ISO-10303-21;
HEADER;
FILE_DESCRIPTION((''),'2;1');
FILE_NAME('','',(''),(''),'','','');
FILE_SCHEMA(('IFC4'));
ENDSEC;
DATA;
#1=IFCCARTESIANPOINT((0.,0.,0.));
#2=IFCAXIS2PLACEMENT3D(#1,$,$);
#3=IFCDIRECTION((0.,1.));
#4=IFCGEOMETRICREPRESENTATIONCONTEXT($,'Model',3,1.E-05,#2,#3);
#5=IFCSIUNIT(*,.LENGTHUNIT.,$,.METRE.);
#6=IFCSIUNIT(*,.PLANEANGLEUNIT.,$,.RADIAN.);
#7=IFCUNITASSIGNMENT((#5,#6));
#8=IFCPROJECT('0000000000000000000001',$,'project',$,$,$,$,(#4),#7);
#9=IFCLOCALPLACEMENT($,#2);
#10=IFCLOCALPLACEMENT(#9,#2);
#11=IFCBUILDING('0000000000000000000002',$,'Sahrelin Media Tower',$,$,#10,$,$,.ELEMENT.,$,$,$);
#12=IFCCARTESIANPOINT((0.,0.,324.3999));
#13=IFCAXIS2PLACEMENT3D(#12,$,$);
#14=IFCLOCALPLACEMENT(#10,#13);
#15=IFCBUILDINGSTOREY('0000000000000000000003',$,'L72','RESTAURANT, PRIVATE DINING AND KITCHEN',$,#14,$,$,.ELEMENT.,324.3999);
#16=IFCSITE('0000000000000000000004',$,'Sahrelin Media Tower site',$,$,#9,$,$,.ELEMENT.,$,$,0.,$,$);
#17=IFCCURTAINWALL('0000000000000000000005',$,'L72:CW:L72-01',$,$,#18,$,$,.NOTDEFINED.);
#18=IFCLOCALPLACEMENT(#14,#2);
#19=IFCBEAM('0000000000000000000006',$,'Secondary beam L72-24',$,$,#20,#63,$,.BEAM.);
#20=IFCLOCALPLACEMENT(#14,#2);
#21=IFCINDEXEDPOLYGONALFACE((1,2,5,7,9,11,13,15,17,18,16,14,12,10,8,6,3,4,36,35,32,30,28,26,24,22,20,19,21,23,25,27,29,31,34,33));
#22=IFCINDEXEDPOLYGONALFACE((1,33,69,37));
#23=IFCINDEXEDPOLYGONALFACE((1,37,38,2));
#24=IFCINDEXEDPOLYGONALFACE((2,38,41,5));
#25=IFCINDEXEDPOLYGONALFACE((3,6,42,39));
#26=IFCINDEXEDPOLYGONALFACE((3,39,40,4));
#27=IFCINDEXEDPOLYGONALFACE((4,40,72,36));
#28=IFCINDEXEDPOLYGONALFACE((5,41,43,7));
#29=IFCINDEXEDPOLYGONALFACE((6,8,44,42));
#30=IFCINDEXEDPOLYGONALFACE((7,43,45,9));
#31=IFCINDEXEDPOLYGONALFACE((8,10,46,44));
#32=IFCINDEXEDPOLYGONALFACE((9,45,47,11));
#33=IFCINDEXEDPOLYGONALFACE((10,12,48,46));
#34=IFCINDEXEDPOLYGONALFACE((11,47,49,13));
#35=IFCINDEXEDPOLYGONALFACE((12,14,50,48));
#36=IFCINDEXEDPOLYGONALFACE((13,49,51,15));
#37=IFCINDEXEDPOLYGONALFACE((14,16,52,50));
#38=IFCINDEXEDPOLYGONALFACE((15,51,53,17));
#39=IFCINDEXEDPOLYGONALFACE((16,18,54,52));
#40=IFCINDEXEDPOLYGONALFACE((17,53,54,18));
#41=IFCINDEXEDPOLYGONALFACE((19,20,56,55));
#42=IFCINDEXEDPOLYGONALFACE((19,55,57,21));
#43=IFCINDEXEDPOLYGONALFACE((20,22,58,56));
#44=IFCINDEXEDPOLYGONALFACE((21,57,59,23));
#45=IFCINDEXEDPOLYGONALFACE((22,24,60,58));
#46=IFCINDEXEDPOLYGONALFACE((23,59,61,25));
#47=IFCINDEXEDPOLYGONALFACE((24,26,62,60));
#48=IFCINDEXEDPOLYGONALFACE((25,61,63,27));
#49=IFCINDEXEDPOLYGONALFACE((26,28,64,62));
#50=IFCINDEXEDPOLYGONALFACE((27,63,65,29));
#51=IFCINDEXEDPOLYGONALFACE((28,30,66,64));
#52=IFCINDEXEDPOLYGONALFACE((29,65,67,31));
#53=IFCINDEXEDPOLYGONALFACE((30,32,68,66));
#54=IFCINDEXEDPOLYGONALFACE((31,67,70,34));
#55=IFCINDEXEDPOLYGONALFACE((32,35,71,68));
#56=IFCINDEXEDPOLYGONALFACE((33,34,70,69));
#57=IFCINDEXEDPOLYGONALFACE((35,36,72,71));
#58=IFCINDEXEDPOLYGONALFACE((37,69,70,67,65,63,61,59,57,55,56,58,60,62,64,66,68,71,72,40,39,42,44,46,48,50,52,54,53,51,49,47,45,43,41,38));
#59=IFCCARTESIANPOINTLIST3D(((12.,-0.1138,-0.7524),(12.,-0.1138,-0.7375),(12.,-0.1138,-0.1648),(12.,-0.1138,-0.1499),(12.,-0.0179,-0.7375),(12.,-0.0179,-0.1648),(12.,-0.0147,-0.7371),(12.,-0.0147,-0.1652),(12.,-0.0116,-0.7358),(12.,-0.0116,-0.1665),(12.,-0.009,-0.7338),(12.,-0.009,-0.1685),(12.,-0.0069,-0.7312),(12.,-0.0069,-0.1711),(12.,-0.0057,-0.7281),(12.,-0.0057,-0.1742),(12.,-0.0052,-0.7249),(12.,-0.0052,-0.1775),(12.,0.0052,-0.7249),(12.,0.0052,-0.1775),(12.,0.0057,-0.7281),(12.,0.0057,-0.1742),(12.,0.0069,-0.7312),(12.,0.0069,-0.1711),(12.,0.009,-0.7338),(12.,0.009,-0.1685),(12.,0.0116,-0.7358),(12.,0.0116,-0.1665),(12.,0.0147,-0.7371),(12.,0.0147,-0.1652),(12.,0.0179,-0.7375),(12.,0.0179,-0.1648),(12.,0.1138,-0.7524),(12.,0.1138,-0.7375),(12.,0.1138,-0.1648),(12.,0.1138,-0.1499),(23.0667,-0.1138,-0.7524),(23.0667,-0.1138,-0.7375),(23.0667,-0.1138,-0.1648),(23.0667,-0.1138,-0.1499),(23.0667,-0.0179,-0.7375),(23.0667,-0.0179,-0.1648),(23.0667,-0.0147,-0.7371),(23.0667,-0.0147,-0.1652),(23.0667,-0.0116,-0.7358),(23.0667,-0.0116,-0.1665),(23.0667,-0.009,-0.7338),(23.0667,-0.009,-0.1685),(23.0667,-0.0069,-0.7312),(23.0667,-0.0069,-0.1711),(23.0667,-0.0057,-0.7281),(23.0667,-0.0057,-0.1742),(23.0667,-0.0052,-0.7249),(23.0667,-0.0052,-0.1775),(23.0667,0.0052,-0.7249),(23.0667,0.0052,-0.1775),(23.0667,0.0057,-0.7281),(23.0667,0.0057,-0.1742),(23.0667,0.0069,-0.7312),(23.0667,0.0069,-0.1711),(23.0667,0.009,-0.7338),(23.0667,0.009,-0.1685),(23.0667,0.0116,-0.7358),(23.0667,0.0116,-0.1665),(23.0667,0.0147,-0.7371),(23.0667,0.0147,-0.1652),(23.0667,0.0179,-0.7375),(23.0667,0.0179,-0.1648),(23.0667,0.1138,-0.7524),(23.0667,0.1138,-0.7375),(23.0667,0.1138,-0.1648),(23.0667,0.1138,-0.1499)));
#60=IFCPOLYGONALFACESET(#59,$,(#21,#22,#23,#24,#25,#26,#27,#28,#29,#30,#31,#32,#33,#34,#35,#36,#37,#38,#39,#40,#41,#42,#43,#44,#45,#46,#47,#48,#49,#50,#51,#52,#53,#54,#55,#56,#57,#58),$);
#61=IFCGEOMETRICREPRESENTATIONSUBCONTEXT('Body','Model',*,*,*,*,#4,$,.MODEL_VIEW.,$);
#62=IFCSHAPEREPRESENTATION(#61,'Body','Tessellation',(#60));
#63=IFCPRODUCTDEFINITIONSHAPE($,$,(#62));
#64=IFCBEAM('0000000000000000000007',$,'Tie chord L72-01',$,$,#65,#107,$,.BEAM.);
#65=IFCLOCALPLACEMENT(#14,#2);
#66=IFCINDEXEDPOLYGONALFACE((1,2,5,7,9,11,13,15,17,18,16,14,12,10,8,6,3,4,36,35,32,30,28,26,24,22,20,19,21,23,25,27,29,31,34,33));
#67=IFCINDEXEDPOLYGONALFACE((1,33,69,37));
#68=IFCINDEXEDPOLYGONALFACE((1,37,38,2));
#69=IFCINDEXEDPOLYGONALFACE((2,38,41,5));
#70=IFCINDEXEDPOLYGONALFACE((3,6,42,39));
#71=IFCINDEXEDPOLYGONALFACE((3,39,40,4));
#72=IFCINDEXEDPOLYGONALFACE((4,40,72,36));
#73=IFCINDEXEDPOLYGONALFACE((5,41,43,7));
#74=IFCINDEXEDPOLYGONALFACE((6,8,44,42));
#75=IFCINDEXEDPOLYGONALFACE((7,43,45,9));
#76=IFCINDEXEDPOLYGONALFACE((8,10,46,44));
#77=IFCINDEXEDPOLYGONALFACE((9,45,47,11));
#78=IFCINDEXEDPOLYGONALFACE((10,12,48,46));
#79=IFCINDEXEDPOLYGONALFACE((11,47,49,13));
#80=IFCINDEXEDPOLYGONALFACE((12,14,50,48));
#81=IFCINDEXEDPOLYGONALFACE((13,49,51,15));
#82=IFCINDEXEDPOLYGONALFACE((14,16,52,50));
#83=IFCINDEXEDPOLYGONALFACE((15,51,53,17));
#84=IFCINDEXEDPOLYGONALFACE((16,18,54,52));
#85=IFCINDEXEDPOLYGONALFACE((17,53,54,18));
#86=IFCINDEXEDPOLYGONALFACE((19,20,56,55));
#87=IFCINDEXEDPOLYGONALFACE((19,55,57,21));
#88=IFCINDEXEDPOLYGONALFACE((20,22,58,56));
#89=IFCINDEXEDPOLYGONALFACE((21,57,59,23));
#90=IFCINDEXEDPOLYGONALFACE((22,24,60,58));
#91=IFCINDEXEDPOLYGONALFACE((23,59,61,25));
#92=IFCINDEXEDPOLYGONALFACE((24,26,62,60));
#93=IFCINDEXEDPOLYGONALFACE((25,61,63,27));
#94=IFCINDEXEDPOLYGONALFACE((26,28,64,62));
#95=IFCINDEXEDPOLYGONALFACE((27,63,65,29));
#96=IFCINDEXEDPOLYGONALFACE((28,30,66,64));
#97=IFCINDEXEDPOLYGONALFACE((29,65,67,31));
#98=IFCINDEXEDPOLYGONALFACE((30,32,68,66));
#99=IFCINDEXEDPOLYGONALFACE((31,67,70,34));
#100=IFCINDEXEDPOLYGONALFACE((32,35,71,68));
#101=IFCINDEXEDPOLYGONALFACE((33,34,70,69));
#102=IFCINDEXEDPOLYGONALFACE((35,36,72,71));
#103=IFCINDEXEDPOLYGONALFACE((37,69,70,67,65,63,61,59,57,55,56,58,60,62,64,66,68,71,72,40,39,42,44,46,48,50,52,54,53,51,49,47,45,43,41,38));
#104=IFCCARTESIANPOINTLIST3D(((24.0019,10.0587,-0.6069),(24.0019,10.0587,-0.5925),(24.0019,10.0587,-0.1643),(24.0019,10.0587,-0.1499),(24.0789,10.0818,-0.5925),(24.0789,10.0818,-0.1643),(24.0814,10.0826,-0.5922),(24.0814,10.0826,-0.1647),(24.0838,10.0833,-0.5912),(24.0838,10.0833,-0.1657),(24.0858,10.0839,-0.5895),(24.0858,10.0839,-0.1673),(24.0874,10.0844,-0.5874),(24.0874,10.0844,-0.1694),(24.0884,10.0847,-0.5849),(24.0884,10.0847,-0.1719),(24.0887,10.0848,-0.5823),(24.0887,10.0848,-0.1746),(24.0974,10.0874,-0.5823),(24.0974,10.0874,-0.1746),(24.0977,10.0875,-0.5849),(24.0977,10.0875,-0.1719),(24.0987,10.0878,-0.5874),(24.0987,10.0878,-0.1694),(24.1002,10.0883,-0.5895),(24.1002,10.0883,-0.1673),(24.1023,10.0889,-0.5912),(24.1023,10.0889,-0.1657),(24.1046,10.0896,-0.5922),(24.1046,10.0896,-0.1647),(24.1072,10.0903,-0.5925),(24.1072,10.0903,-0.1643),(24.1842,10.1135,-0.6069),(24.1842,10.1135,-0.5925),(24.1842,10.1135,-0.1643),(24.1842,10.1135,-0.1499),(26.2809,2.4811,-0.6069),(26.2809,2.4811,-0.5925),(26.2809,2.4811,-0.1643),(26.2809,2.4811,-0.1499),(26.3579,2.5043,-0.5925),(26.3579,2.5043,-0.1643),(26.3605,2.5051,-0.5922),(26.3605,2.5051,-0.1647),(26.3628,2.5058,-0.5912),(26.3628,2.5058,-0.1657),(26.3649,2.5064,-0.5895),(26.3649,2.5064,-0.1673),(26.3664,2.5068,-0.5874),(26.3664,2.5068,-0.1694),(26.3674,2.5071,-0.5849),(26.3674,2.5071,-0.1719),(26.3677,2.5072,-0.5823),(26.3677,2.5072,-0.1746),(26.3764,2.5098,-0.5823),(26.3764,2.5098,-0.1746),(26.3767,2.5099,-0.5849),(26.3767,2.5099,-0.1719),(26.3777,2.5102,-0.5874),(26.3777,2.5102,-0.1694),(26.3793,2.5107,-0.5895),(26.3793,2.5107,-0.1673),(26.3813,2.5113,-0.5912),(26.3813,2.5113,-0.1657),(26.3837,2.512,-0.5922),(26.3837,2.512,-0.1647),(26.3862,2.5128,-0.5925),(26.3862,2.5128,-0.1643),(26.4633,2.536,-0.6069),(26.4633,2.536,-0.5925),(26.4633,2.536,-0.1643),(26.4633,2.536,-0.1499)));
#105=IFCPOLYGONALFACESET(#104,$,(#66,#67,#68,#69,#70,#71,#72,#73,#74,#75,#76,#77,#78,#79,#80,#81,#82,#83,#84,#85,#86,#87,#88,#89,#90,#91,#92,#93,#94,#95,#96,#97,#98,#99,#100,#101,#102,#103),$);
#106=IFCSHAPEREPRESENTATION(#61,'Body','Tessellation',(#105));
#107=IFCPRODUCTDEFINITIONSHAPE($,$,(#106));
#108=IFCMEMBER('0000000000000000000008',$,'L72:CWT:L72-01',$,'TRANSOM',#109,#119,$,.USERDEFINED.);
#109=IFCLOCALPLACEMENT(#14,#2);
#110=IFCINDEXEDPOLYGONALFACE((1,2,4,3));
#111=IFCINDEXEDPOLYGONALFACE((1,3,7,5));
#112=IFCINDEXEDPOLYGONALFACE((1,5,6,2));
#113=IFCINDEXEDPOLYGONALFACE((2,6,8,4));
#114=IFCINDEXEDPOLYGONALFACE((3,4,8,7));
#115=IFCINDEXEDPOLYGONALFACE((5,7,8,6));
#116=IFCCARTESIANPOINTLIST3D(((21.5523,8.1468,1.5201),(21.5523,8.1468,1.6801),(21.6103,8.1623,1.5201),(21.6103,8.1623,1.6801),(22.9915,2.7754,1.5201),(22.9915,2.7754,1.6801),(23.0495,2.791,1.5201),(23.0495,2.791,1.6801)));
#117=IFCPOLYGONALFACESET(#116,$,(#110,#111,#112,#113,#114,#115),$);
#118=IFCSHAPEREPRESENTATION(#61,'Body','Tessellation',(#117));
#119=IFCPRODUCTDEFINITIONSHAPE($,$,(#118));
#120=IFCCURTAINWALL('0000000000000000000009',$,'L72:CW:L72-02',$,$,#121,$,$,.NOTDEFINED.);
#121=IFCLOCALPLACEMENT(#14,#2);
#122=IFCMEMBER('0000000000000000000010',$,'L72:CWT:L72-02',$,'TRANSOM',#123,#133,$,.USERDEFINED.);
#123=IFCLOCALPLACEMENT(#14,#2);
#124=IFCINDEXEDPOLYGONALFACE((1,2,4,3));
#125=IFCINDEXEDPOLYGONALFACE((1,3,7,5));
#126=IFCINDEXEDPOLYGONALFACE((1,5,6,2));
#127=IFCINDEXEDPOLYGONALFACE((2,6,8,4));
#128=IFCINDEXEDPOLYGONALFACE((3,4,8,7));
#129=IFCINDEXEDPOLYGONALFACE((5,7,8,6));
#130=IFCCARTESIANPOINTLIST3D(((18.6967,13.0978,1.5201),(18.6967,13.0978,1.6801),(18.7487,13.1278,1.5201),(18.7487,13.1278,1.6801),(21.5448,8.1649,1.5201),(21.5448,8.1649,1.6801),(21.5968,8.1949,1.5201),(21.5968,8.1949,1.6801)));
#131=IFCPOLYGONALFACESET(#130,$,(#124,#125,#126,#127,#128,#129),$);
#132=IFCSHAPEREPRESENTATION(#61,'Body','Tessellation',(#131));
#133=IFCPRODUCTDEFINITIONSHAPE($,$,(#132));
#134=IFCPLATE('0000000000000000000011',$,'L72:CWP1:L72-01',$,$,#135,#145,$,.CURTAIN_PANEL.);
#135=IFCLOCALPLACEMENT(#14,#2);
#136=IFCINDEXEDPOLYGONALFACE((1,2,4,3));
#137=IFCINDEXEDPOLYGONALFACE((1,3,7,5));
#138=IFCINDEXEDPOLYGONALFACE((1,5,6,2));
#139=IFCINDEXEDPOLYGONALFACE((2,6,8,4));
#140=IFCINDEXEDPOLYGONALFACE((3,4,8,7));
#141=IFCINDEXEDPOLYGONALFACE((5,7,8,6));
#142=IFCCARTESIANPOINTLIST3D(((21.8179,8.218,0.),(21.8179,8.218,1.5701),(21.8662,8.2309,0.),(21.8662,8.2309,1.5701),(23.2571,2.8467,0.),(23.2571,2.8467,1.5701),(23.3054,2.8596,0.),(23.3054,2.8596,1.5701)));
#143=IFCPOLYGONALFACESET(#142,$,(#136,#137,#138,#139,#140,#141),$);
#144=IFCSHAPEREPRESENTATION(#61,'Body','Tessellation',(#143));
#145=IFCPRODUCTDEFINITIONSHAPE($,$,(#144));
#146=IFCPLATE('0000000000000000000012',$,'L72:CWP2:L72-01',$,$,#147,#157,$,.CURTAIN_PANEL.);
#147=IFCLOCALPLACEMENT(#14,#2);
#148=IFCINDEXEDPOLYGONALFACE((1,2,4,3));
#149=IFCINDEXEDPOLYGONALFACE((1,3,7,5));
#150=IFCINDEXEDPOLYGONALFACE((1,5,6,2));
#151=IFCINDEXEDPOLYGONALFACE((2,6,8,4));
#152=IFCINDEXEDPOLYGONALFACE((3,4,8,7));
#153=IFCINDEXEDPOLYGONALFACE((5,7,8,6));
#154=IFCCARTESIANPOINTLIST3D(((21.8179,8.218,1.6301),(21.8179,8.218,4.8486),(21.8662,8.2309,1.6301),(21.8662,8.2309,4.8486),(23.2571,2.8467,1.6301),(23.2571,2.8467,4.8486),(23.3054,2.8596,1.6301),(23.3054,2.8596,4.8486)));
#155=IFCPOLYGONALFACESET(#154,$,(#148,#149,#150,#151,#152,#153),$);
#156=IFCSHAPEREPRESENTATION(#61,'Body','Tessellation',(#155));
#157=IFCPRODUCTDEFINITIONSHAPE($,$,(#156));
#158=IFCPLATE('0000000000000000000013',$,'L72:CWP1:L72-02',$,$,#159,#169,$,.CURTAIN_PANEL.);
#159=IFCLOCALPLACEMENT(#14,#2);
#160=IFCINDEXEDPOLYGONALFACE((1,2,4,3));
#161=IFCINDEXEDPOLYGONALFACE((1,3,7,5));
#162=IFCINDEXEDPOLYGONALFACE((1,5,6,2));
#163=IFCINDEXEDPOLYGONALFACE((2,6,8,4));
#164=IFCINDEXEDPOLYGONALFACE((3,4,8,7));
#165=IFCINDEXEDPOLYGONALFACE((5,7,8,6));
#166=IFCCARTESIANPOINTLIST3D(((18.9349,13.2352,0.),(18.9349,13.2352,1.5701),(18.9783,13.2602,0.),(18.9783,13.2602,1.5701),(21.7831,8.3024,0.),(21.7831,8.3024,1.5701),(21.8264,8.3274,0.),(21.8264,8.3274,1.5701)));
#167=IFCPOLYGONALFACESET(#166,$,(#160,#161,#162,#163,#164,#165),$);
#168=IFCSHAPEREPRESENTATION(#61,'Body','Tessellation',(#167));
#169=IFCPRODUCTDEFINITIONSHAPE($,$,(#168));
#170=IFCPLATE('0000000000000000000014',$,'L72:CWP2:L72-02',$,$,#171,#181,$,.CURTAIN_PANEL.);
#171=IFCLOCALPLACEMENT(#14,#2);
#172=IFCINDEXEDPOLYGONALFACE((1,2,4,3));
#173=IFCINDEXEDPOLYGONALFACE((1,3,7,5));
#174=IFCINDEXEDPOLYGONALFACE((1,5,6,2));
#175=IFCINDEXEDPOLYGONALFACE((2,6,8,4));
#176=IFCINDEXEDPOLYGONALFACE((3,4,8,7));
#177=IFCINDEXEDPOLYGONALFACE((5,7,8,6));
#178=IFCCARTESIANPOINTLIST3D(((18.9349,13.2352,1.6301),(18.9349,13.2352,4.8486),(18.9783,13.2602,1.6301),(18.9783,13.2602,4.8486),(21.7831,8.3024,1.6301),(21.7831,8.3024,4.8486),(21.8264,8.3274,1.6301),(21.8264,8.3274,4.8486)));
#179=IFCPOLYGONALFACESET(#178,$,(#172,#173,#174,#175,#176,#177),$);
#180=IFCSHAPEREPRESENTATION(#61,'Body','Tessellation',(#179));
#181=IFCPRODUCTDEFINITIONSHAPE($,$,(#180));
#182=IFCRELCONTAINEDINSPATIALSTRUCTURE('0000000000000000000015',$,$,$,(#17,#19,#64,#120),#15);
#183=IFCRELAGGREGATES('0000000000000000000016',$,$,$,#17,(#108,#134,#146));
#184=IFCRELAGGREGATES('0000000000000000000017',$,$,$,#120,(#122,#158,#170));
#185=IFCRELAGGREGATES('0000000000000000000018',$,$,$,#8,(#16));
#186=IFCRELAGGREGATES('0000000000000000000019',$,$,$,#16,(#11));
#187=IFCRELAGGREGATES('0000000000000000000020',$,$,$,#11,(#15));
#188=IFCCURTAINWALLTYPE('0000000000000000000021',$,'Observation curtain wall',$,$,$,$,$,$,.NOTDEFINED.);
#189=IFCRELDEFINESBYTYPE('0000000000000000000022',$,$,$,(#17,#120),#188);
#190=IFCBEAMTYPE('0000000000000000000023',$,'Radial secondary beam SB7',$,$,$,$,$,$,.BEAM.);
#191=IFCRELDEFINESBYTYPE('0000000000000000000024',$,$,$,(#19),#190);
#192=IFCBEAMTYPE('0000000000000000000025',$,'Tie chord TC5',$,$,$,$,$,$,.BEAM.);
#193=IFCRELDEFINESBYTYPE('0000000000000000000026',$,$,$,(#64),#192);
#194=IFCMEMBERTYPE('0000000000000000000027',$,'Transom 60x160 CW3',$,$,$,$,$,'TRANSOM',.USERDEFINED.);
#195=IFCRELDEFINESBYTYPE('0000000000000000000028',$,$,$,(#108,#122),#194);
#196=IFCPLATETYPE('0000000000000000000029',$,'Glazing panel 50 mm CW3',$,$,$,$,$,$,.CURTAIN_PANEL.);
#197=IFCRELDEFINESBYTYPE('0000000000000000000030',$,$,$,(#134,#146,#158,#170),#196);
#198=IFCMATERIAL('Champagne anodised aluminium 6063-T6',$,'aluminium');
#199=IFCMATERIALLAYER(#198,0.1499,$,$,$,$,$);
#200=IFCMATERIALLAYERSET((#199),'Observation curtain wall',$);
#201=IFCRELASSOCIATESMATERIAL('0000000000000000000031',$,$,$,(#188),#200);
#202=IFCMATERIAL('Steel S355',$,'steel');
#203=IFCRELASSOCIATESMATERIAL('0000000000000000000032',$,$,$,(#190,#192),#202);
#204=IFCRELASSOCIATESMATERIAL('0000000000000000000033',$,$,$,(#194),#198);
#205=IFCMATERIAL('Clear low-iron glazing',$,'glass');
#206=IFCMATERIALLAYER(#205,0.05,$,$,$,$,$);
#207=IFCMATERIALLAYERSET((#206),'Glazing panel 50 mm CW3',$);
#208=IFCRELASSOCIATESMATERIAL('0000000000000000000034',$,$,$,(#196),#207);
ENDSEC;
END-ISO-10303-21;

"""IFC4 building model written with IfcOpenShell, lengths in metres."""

from ifc_helpers import new_model, si_unit, direction, frame, origin, origin_2d, place, context, subcontext, project, spatial, polyline, rectangle, i_section, outline, extrude, material, layer, layer_set, material_profile, profile_set, type_object, element, aggregate, save


model = new_model("IFC4")

# Units and contexts
model_context = context("Model", 3, precision=1e-05, world=origin(), true_north=direction((0.0, 1.0)))
body_context = subcontext(model_context, "Body", "Model", "MODEL_VIEW")
ifc_project = project(units=[si_unit("LENGTHUNIT", "METRE"), si_unit("PLANEANGLEUNIT", "RADIAN")], contexts=[model_context])

# Site, building, storey
site_placement = place(None, origin())
site = spatial("IfcSite", under=ifc_project, at=site_placement, Name="Sahrelin Media Tower site", CompositionType="ELEMENT", RefElevation=0.0)
building_placement = place(site_placement, origin())
building = spatial("IfcBuilding", under=site, at=building_placement, Name="Sahrelin Media Tower", CompositionType="ELEMENT")
storey_placement = place(building_placement, frame((0.0, 0.0, 324.3999)))
storey = spatial("IfcBuildingStorey", under=building, at=storey_placement, Name="L72", Description="RESTAURANT, PRIVATE DINING AND KITCHEN", CompositionType="ELEMENT", Elevation=324.3999)

# Shared definitions
ifc_material_1 = material(Name="Steel S355", Category="steel")

# Curtain wall
ifc_material_2 = material(Name="Champagne anodised aluminium 6063-T6", Category="aluminium")
ifc_layer_1 = layer(ifc_material_2, 0.1499)
ifc_layer_set_1 = layer_set([ifc_layer_1], Name="Observation curtain wall")
curtain_wall_type = type_object("IfcCurtainWallType", Name="Observation curtain wall", PredefinedType="NOTDEFINED", material=ifc_layer_set_1)
curtain_wall_1_placement = place(storey_placement, frame((22.5664, 5.5403, 0.0), z_axis=(0.0, 0.0, 1.0), x_axis=(1.0, 0.0, 0.0)))
curtain_wall_1 = element("IfcCurtainWall", 1, at=curtain_wall_1_placement, inside=storey, type_object=curtain_wall_type, Name="L72:CW:L72-01", PredefinedType="NOTDEFINED")

# Beams
ifc_material_profile_1 = material_profile(ifc_material_1, i_section(OverallWidth=0.2275, OverallDepth=0.6025, WebThickness=0.0105, FlangeThickness=0.0149, FilletRadius=0.0127, at=origin_2d()), Name="UB 610x229x101")
ifc_profile_set_1 = profile_set([ifc_material_profile_1], Name="Steel S355")
beam_type_1 = type_object("IfcBeamType", Name="Radial secondary beam SB7", PredefinedType="BEAM", material=ifc_profile_set_1)
beam_1_placement = place(storey_placement, frame((12.0, 0.0, -0.4512), z_axis=(1.0, 0.0, 0.0), x_axis=(0.0, 1.0, 0.0)))
element("IfcBeam", 2, at=beam_1_placement, inside=storey, type_object=beam_type_1, Name="Secondary beam L72-24", PredefinedType="BEAM", context=body_context, shape_type="SweptSolid", body=[
    extrude(i_section(OverallWidth=0.2275, OverallDepth=0.6025, WebThickness=0.0105, FlangeThickness=0.0149, FilletRadius=0.0127, at=origin_2d()), origin(), (0.0, 0.0, 1.0), 11.0667),
])
ifc_material_profile_2 = material_profile(ifc_material_1, i_section(OverallWidth=0.1904, OverallDepth=0.457, WebThickness=0.009, FlangeThickness=0.0144, FilletRadius=0.0103, at=origin_2d()), Name="UB 457x191x74")
ifc_profile_set_2 = profile_set([ifc_material_profile_2], Name="Steel S355")
beam_type_2 = type_object("IfcBeamType", Name="Tie chord TC5", PredefinedType="BEAM", material=ifc_profile_set_2)
beam_2_placement = place(storey_placement, frame((26.3721, 2.5085, -0.3784), z_axis=(-0.288016, 0.957626, 0.0), x_axis=(-0.957626, -0.288016, 0.0)))
element("IfcBeam", 3, at=beam_2_placement, inside=storey, type_object=beam_type_2, Name="Tie chord L72-01", PredefinedType="BEAM", context=body_context, shape_type="SweptSolid", body=[
    extrude(i_section(OverallWidth=0.1904, OverallDepth=0.457, WebThickness=0.009, FlangeThickness=0.0144, FilletRadius=0.0103, at=origin_2d()), origin(), (0.0, 0.0, 1.0), 7.9128),
])

# Member
ifc_material_profile_3 = material_profile(ifc_material_2, rectangle(XDim=0.0601, YDim=0.1599, at=origin_2d()), Name="Transom 60x160")
ifc_profile_set_3 = profile_set([ifc_material_profile_3], Name="Champagne anodised aluminium 6063-T6")
member_type_1 = type_object("IfcMemberType", Name="Transom 60x160 CW3", ElementType="TRANSOM", PredefinedType="USERDEFINED", material=ifc_profile_set_3)
member_1_placement = place(storey_placement, frame((23.0205, 2.7832, 1.6001), z_axis=(-0.258813, 0.965927, 0.0), x_axis=(-0.965927, -0.258813, 0.0)))
member_1 = element("IfcMember", 4, at=member_1_placement, type_object=member_type_1, Name="L72:CWT:L72-01", ObjectType="TRANSOM", PredefinedType="USERDEFINED", context=body_context, shape_type="SweptSolid", body=[
    extrude(rectangle(XDim=0.0601, YDim=0.1599, at=origin_2d()), origin(), (0.0, 0.0, 1.0), 5.5608),
])

# Curtain wall, member
curtain_wall_2_placement = place(storey_placement, frame((20.385, 10.7839, 0.0), z_axis=(0.0, 0.0, 1.0), x_axis=(1.0, 0.0, 0.0)))
curtain_wall_2 = element("IfcCurtainWall", 5, at=curtain_wall_2_placement, inside=storey, type_object=curtain_wall_type, Name="L72:CW:L72-02", PredefinedType="NOTDEFINED")
member_2_placement = place(storey_placement, frame((21.5708, 8.1799, 1.6001), z_axis=(-0.500021, 0.866014, 0.0), x_axis=(-0.866014, -0.500021, 0.0)))
member_2 = element("IfcMember", 6, at=member_2_placement, type_object=member_type_1, Name="L72:CWT:L72-02", ObjectType="TRANSOM", PredefinedType="USERDEFINED", context=body_context, shape_type="SweptSolid", body=[
    extrude(rectangle(XDim=0.0601, YDim=0.1599, at=origin_2d()), origin(), (0.0, 0.0, 1.0), 5.696),
])

# Plates
ifc_material_3 = material(Name="Clear low-iron glazing", Category="glass")
ifc_layer_2 = layer(ifc_material_3, 0.05)
ifc_layer_set_2 = layer_set([ifc_layer_2], Name="Glazing panel 50 mm CW3")
plate_type = type_object("IfcPlateType", Name="Glazing panel 50 mm CW3", PredefinedType="CURTAIN_PANEL", material=ifc_layer_set_2)
plate_1_placement = place(storey_placement, frame((23.3054, 2.8596, 0.0), z_axis=(0.965927, 0.258813, 0.0), x_axis=(-0.258813, 0.965927, 0.0)))
plate_1 = element("IfcPlate", 7, at=plate_1_placement, type_object=plate_type, Name="L72:CWP1:L72-01", PredefinedType="CURTAIN_PANEL", context=body_context, shape_type="SweptSolid", body=[
    extrude(outline(polyline([(0.0, 0.0), (5.5608, 0.0), (5.5608, 1.5701), (0.0, 1.5701), (0.0, 0.0)])), origin(), (0.0, 0.0, -1.0), 0.05),
])
plate_2_placement = place(storey_placement, frame((23.3054, 2.8596, 1.6301), z_axis=(0.965927, 0.258813, 0.0), x_axis=(-0.258813, 0.965927, 0.0)))
plate_2 = element("IfcPlate", 8, at=plate_2_placement, type_object=plate_type, Name="L72:CWP2:L72-01", PredefinedType="CURTAIN_PANEL", context=body_context, shape_type="SweptSolid", body=[
    extrude(outline(polyline([(0.0, 0.0), (5.5608, 0.0), (5.5608, 3.2185), (0.0, 3.2185), (0.0, 0.0)])), origin(), (0.0, 0.0, -1.0), 0.05),
])
aggregate(curtain_wall_1, [member_1, plate_1, plate_2])
plate_3_placement = place(storey_placement, frame((21.8264, 8.3274, 0.0), z_axis=(0.866014, 0.500021, 0.0), x_axis=(-0.500021, 0.866014, 0.0)))
plate_3 = element("IfcPlate", 9, at=plate_3_placement, type_object=plate_type, Name="L72:CWP1:L72-02", PredefinedType="CURTAIN_PANEL", context=body_context, shape_type="SweptSolid", body=[
    extrude(outline(polyline([(0.0, 0.0), (5.696, 0.0), (5.696, 1.5701), (0.0, 1.5701), (0.0, 0.0)])), origin(), (0.0, 0.0, -1.0), 0.05),
])
plate_4_placement = place(storey_placement, frame((21.8264, 8.3274, 1.6301), z_axis=(0.866014, 0.500021, 0.0), x_axis=(-0.500021, 0.866014, 0.0)))
plate_4 = element("IfcPlate", 10, at=plate_4_placement, type_object=plate_type, Name="L72:CWP2:L72-02", PredefinedType="CURTAIN_PANEL", context=body_context, shape_type="SweptSolid", body=[
    extrude(outline(polyline([(0.0, 0.0), (5.696, 0.0), (5.696, 3.2185), (0.0, 3.2185), (0.0, 0.0)])), origin(), (0.0, 0.0, -1.0), 0.05),
])
aggregate(curtain_wall_2, [member_2, plate_3, plate_4])

save(model, "model.ifc")
